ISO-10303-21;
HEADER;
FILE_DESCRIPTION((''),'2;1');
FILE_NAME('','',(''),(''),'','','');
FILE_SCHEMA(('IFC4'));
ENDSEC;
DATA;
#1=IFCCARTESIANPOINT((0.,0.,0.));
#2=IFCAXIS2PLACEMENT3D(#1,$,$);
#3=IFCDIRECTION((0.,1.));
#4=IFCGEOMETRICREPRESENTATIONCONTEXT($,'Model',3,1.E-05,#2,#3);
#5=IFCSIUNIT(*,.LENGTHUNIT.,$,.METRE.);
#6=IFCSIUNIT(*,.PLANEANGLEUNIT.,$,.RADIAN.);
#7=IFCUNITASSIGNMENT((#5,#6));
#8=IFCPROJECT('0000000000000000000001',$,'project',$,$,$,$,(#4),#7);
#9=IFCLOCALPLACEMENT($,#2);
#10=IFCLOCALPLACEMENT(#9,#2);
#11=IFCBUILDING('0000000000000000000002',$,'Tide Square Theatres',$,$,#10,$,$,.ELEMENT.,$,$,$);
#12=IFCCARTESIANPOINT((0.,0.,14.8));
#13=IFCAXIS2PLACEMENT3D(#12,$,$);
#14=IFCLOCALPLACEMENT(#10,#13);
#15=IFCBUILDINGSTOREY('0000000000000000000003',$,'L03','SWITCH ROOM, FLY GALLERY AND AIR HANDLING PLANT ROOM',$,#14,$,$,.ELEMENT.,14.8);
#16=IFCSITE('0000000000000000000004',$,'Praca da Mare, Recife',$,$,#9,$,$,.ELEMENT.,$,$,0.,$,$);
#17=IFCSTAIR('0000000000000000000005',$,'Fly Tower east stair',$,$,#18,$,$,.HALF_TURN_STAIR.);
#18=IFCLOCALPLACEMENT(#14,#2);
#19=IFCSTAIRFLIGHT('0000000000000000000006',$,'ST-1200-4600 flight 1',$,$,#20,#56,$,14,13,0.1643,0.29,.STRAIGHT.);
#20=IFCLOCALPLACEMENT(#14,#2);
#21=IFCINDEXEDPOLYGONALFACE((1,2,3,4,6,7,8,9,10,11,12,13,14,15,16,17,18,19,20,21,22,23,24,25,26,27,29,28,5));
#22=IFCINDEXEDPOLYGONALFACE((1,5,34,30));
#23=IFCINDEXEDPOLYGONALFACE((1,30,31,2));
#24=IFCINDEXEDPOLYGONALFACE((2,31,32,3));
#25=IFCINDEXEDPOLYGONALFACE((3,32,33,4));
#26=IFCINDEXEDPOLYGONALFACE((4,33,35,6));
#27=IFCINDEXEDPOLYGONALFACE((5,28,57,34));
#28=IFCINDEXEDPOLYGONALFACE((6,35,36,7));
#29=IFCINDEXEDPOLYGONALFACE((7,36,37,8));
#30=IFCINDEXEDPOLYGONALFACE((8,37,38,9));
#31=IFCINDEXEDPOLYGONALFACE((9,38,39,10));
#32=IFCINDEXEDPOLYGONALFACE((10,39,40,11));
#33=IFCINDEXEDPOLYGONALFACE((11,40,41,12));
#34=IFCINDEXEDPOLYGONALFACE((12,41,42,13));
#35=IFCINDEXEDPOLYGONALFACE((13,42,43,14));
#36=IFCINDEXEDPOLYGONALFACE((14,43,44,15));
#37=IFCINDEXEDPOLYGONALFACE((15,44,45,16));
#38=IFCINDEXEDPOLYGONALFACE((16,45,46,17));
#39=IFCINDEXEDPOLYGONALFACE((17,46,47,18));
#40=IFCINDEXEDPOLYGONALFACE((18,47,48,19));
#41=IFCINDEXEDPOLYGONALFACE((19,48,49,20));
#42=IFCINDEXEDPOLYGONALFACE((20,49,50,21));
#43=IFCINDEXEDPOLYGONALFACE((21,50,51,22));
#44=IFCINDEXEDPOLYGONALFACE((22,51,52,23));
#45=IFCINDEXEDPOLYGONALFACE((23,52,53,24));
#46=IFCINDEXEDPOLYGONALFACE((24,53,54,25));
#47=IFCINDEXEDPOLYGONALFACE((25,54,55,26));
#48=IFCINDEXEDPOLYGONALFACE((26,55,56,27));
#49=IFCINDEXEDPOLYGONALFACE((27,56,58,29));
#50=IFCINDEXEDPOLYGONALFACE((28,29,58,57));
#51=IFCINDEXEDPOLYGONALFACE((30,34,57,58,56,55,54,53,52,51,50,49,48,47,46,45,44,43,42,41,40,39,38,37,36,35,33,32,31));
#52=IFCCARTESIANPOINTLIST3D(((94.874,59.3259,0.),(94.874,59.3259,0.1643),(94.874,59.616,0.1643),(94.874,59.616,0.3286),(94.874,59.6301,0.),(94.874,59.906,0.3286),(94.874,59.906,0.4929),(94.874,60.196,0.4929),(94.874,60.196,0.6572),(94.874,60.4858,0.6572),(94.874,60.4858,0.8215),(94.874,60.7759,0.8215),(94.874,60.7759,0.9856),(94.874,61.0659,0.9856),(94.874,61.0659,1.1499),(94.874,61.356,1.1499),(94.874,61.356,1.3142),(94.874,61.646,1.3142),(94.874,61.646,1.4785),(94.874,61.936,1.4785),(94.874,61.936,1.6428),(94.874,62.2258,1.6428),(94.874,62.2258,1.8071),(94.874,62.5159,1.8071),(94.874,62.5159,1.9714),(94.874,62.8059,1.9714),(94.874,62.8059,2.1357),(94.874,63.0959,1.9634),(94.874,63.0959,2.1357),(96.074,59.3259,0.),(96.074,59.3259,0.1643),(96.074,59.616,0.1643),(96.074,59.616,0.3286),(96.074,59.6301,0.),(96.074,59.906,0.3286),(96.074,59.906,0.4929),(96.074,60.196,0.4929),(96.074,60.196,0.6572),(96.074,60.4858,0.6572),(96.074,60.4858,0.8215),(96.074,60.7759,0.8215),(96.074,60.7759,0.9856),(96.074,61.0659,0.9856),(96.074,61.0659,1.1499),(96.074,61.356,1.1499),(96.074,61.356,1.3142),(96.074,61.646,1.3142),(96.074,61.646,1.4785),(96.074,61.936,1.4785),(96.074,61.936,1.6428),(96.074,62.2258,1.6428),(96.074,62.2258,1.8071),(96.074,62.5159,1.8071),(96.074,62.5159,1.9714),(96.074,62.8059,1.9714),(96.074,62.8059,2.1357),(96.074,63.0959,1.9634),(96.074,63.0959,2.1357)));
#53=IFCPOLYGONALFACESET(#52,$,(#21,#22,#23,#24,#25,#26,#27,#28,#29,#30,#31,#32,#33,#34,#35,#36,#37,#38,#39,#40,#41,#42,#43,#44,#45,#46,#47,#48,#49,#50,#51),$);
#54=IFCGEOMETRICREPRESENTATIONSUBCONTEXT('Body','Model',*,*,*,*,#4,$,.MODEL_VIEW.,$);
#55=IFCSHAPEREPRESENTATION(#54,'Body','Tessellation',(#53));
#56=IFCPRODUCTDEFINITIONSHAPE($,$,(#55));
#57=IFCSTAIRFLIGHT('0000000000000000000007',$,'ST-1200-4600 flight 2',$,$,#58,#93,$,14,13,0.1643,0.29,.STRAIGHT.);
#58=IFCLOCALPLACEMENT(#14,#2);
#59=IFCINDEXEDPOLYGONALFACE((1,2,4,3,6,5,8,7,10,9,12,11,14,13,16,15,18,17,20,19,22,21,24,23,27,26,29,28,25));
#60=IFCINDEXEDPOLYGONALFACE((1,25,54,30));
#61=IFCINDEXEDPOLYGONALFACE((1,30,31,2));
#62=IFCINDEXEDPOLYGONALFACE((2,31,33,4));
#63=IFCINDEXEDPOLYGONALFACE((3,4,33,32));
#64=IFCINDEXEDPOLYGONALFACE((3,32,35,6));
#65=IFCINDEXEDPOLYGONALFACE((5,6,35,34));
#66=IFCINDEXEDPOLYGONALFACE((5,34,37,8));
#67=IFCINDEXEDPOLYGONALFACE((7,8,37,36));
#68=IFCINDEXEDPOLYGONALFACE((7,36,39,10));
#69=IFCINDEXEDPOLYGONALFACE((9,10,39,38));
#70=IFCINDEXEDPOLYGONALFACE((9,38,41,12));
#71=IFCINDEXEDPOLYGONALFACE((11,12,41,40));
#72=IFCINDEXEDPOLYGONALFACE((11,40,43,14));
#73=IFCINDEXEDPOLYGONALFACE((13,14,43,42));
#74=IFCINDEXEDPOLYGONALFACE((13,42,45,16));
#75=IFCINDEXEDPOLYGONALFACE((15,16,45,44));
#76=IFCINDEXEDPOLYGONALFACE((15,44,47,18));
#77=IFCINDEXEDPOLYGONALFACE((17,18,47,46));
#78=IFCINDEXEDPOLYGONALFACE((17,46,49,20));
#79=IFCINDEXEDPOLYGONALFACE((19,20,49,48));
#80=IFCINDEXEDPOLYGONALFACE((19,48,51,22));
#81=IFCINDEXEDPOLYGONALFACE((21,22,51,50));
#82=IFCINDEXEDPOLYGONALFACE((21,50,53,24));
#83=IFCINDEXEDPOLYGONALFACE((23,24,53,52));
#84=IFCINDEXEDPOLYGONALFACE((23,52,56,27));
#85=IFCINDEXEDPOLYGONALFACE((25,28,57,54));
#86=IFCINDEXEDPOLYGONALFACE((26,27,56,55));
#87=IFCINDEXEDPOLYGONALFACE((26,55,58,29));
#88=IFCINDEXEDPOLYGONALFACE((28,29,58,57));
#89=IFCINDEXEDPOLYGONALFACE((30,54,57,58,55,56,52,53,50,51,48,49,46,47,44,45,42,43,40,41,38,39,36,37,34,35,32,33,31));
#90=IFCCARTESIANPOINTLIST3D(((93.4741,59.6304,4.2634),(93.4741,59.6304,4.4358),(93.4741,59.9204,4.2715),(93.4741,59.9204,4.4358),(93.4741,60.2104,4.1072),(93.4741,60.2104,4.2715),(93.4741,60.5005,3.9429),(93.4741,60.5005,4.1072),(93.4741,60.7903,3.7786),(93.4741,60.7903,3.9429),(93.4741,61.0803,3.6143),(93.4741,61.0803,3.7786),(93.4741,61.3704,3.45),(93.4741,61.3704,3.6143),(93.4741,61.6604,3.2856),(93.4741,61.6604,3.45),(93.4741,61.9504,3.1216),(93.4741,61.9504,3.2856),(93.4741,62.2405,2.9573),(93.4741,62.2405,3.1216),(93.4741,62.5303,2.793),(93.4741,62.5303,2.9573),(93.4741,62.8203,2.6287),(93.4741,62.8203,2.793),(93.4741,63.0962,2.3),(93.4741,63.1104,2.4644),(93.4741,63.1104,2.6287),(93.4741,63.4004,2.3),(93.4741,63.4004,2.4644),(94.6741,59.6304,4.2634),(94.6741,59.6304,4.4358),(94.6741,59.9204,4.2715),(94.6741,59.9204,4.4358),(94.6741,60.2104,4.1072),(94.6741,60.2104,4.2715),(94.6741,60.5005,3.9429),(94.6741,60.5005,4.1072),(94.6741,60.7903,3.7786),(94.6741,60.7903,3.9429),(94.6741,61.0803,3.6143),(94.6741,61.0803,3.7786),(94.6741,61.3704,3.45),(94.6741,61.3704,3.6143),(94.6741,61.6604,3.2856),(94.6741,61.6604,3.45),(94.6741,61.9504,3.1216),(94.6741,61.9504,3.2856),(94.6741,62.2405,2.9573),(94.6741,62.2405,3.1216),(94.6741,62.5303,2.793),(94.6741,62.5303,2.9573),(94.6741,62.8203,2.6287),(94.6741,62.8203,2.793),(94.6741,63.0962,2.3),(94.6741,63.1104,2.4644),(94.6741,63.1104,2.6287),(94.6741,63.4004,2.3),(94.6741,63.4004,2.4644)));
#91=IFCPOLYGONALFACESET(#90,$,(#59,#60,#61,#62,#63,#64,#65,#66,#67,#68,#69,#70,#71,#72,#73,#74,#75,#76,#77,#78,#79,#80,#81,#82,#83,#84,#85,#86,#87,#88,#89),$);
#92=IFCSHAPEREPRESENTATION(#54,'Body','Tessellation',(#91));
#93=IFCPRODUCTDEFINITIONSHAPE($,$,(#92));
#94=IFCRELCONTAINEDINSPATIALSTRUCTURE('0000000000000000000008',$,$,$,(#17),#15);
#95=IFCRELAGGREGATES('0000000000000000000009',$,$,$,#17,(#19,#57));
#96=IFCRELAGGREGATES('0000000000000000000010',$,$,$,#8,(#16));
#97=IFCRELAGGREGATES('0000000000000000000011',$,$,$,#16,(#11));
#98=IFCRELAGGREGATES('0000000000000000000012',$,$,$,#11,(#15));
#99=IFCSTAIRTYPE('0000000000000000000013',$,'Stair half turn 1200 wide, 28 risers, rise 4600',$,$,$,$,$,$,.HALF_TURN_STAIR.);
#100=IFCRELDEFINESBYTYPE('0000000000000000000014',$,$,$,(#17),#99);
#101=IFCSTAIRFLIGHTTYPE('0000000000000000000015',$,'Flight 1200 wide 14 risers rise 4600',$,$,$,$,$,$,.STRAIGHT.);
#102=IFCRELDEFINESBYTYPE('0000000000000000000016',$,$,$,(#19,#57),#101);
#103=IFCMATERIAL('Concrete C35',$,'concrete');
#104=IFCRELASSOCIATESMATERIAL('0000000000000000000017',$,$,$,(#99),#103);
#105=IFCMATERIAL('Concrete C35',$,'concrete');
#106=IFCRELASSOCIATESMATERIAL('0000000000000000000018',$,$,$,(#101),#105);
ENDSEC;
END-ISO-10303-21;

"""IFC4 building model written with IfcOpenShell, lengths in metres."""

from ifc_helpers import new_model, si_unit, direction, frame, origin, place, context, subcontext, project, spatial, polyline, outline, extrude, material, type_object, element, aggregate, save


model = new_model("IFC4")

# Units and contexts
model_context = context("Model", 3, precision=1e-05, world=origin(), true_north=direction((0.0, 1.0)))
body_context = subcontext(model_context, "Body", "Model", "MODEL_VIEW")
ifc_project = project(units=[si_unit("LENGTHUNIT", "METRE"), si_unit("PLANEANGLEUNIT", "RADIAN")], contexts=[model_context])

# Site, building, storey
site_placement = place(None, origin())
site = spatial("IfcSite", under=ifc_project, at=site_placement, Name="Praca da Mare, Recife", CompositionType="ELEMENT", RefElevation=0.0)
building_placement = place(site_placement, origin())
building = spatial("IfcBuilding", under=site, at=building_placement, Name="Tide Square Theatres", CompositionType="ELEMENT")
storey_placement = place(building_placement, frame((0.0, 0.0, 14.8)))
storey = spatial("IfcBuildingStorey", under=building, at=storey_placement, Name="L03", Description="SWITCH ROOM, FLY GALLERY AND AIR HANDLING PLANT ROOM", CompositionType="ELEMENT", Elevation=14.8)

# Stair, stair flights
ifc_material_1 = material(Name="Concrete C35", Category="concrete")
stair_type = type_object("IfcStairType", Name="Stair half turn 1200 wide, 28 risers, rise 4600", PredefinedType="HALF_TURN_STAIR", material=ifc_material_1)
stair_placement = place(storey_placement, origin())
stair = element("IfcStair", 1, at=stair_placement, inside=storey, type_object=stair_type, Name="Fly Tower east stair", PredefinedType="HALF_TURN_STAIR")
ifc_material_2 = material(Name="Concrete C35", Category="concrete")
stair_flight_type = type_object("IfcStairFlightType", Name="Flight 1200 wide 14 risers rise 4600", PredefinedType="STRAIGHT", material=ifc_material_2)
stair_flight_1_placement = place(storey_placement, frame((95.4741, 59.3259, 0.0), z_axis=(0.0, 0.0, 1.0), x_axis=(0.0, 1.0, 0.0)))
stair_flight_1 = element("IfcStairFlight", 2, at=stair_flight_1_placement, type_object=stair_flight_type, Name="ST-1200-4600 flight 1", NumberOfRisers=14, NumberOfTreads=13, PredefinedType="STRAIGHT", RiserHeight=0.1643, TreadLength=0.29, context=body_context, shape_type="SweptSolid", body=[
    extrude(outline(polyline([(0.0, 0.0), (0.0, 0.1643), (0.29, 0.1643), (0.29, 0.3286), (0.5801, 0.3286), (0.5801, 0.4929), (0.8701, 0.4929), (0.8701, 0.6572), (1.1599, 0.6572), (1.1599, 0.8215), (1.45, 0.8215), (1.45, 0.9856), (1.74, 0.9856), (1.74, 1.1499), (2.03, 1.1499), (2.03, 1.3142), (2.3201, 1.3142), (2.3201, 1.4785), (2.6101, 1.4785), (2.6101, 1.6428), (2.8999, 1.6428), (2.8999, 1.8071), (3.1899, 1.8071), (3.1899, 1.9714), (3.48, 1.9714), (3.48, 2.1357), (3.77, 2.1357), (3.77, 2.3), (3.77, 1.9634), (0.3042, 0.0), (0.0, 0.0)])), frame((0.0, 0.6001, 0.0), z_axis=(0.0, -1.0, 0.0), x_axis=(1.0, 0.0, 0.0)), (0.0, 0.0, 1.0), 1.2),
])
stair_flight_2_placement = place(storey_placement, frame((94.074, 63.4004, 2.3), z_axis=(0.0, 0.0, 1.0), x_axis=(0.0, -1.0, 0.0)))
stair_flight_2 = element("IfcStairFlight", 3, at=stair_flight_2_placement, type_object=stair_flight_type, Name="ST-1200-4600 flight 2", NumberOfRisers=14, NumberOfTreads=13, PredefinedType="STRAIGHT", RiserHeight=0.1643, TreadLength=0.29, context=body_context, shape_type="SweptSolid", body=[
    extrude(outline(polyline([(0.0, 0.0), (0.0, 0.1643), (0.29, 0.1643), (0.29, 0.3286), (0.5801, 0.3286), (0.5801, 0.4929), (0.8701, 0.4929), (0.8701, 0.6572), (1.1599, 0.6572), (1.1599, 0.8215), (1.45, 0.8215), (1.45, 0.9856), (1.74, 0.9856), (1.74, 1.1499), (2.03, 1.1499), (2.03, 1.3142), (2.3201, 1.3142), (2.3201, 1.4785), (2.6101, 1.4785), (2.6101, 1.6428), (2.8999, 1.6428), (2.8999, 1.8071), (3.1899, 1.8071), (3.1899, 1.9714), (3.48, 1.9714), (3.48, 2.1357), (3.77, 2.1357), (3.77, 2.3), (3.77, 1.9634), (0.3042, 0.0), (0.0, 0.0)])), frame((0.0, 0.6001, 0.0), z_axis=(0.0, -1.0, 0.0), x_axis=(1.0, 0.0, 0.0)), (0.0, 0.0, 1.0), 1.2),
])
aggregate(stair, [stair_flight_1, stair_flight_2])

save(model, "model.ifc")
